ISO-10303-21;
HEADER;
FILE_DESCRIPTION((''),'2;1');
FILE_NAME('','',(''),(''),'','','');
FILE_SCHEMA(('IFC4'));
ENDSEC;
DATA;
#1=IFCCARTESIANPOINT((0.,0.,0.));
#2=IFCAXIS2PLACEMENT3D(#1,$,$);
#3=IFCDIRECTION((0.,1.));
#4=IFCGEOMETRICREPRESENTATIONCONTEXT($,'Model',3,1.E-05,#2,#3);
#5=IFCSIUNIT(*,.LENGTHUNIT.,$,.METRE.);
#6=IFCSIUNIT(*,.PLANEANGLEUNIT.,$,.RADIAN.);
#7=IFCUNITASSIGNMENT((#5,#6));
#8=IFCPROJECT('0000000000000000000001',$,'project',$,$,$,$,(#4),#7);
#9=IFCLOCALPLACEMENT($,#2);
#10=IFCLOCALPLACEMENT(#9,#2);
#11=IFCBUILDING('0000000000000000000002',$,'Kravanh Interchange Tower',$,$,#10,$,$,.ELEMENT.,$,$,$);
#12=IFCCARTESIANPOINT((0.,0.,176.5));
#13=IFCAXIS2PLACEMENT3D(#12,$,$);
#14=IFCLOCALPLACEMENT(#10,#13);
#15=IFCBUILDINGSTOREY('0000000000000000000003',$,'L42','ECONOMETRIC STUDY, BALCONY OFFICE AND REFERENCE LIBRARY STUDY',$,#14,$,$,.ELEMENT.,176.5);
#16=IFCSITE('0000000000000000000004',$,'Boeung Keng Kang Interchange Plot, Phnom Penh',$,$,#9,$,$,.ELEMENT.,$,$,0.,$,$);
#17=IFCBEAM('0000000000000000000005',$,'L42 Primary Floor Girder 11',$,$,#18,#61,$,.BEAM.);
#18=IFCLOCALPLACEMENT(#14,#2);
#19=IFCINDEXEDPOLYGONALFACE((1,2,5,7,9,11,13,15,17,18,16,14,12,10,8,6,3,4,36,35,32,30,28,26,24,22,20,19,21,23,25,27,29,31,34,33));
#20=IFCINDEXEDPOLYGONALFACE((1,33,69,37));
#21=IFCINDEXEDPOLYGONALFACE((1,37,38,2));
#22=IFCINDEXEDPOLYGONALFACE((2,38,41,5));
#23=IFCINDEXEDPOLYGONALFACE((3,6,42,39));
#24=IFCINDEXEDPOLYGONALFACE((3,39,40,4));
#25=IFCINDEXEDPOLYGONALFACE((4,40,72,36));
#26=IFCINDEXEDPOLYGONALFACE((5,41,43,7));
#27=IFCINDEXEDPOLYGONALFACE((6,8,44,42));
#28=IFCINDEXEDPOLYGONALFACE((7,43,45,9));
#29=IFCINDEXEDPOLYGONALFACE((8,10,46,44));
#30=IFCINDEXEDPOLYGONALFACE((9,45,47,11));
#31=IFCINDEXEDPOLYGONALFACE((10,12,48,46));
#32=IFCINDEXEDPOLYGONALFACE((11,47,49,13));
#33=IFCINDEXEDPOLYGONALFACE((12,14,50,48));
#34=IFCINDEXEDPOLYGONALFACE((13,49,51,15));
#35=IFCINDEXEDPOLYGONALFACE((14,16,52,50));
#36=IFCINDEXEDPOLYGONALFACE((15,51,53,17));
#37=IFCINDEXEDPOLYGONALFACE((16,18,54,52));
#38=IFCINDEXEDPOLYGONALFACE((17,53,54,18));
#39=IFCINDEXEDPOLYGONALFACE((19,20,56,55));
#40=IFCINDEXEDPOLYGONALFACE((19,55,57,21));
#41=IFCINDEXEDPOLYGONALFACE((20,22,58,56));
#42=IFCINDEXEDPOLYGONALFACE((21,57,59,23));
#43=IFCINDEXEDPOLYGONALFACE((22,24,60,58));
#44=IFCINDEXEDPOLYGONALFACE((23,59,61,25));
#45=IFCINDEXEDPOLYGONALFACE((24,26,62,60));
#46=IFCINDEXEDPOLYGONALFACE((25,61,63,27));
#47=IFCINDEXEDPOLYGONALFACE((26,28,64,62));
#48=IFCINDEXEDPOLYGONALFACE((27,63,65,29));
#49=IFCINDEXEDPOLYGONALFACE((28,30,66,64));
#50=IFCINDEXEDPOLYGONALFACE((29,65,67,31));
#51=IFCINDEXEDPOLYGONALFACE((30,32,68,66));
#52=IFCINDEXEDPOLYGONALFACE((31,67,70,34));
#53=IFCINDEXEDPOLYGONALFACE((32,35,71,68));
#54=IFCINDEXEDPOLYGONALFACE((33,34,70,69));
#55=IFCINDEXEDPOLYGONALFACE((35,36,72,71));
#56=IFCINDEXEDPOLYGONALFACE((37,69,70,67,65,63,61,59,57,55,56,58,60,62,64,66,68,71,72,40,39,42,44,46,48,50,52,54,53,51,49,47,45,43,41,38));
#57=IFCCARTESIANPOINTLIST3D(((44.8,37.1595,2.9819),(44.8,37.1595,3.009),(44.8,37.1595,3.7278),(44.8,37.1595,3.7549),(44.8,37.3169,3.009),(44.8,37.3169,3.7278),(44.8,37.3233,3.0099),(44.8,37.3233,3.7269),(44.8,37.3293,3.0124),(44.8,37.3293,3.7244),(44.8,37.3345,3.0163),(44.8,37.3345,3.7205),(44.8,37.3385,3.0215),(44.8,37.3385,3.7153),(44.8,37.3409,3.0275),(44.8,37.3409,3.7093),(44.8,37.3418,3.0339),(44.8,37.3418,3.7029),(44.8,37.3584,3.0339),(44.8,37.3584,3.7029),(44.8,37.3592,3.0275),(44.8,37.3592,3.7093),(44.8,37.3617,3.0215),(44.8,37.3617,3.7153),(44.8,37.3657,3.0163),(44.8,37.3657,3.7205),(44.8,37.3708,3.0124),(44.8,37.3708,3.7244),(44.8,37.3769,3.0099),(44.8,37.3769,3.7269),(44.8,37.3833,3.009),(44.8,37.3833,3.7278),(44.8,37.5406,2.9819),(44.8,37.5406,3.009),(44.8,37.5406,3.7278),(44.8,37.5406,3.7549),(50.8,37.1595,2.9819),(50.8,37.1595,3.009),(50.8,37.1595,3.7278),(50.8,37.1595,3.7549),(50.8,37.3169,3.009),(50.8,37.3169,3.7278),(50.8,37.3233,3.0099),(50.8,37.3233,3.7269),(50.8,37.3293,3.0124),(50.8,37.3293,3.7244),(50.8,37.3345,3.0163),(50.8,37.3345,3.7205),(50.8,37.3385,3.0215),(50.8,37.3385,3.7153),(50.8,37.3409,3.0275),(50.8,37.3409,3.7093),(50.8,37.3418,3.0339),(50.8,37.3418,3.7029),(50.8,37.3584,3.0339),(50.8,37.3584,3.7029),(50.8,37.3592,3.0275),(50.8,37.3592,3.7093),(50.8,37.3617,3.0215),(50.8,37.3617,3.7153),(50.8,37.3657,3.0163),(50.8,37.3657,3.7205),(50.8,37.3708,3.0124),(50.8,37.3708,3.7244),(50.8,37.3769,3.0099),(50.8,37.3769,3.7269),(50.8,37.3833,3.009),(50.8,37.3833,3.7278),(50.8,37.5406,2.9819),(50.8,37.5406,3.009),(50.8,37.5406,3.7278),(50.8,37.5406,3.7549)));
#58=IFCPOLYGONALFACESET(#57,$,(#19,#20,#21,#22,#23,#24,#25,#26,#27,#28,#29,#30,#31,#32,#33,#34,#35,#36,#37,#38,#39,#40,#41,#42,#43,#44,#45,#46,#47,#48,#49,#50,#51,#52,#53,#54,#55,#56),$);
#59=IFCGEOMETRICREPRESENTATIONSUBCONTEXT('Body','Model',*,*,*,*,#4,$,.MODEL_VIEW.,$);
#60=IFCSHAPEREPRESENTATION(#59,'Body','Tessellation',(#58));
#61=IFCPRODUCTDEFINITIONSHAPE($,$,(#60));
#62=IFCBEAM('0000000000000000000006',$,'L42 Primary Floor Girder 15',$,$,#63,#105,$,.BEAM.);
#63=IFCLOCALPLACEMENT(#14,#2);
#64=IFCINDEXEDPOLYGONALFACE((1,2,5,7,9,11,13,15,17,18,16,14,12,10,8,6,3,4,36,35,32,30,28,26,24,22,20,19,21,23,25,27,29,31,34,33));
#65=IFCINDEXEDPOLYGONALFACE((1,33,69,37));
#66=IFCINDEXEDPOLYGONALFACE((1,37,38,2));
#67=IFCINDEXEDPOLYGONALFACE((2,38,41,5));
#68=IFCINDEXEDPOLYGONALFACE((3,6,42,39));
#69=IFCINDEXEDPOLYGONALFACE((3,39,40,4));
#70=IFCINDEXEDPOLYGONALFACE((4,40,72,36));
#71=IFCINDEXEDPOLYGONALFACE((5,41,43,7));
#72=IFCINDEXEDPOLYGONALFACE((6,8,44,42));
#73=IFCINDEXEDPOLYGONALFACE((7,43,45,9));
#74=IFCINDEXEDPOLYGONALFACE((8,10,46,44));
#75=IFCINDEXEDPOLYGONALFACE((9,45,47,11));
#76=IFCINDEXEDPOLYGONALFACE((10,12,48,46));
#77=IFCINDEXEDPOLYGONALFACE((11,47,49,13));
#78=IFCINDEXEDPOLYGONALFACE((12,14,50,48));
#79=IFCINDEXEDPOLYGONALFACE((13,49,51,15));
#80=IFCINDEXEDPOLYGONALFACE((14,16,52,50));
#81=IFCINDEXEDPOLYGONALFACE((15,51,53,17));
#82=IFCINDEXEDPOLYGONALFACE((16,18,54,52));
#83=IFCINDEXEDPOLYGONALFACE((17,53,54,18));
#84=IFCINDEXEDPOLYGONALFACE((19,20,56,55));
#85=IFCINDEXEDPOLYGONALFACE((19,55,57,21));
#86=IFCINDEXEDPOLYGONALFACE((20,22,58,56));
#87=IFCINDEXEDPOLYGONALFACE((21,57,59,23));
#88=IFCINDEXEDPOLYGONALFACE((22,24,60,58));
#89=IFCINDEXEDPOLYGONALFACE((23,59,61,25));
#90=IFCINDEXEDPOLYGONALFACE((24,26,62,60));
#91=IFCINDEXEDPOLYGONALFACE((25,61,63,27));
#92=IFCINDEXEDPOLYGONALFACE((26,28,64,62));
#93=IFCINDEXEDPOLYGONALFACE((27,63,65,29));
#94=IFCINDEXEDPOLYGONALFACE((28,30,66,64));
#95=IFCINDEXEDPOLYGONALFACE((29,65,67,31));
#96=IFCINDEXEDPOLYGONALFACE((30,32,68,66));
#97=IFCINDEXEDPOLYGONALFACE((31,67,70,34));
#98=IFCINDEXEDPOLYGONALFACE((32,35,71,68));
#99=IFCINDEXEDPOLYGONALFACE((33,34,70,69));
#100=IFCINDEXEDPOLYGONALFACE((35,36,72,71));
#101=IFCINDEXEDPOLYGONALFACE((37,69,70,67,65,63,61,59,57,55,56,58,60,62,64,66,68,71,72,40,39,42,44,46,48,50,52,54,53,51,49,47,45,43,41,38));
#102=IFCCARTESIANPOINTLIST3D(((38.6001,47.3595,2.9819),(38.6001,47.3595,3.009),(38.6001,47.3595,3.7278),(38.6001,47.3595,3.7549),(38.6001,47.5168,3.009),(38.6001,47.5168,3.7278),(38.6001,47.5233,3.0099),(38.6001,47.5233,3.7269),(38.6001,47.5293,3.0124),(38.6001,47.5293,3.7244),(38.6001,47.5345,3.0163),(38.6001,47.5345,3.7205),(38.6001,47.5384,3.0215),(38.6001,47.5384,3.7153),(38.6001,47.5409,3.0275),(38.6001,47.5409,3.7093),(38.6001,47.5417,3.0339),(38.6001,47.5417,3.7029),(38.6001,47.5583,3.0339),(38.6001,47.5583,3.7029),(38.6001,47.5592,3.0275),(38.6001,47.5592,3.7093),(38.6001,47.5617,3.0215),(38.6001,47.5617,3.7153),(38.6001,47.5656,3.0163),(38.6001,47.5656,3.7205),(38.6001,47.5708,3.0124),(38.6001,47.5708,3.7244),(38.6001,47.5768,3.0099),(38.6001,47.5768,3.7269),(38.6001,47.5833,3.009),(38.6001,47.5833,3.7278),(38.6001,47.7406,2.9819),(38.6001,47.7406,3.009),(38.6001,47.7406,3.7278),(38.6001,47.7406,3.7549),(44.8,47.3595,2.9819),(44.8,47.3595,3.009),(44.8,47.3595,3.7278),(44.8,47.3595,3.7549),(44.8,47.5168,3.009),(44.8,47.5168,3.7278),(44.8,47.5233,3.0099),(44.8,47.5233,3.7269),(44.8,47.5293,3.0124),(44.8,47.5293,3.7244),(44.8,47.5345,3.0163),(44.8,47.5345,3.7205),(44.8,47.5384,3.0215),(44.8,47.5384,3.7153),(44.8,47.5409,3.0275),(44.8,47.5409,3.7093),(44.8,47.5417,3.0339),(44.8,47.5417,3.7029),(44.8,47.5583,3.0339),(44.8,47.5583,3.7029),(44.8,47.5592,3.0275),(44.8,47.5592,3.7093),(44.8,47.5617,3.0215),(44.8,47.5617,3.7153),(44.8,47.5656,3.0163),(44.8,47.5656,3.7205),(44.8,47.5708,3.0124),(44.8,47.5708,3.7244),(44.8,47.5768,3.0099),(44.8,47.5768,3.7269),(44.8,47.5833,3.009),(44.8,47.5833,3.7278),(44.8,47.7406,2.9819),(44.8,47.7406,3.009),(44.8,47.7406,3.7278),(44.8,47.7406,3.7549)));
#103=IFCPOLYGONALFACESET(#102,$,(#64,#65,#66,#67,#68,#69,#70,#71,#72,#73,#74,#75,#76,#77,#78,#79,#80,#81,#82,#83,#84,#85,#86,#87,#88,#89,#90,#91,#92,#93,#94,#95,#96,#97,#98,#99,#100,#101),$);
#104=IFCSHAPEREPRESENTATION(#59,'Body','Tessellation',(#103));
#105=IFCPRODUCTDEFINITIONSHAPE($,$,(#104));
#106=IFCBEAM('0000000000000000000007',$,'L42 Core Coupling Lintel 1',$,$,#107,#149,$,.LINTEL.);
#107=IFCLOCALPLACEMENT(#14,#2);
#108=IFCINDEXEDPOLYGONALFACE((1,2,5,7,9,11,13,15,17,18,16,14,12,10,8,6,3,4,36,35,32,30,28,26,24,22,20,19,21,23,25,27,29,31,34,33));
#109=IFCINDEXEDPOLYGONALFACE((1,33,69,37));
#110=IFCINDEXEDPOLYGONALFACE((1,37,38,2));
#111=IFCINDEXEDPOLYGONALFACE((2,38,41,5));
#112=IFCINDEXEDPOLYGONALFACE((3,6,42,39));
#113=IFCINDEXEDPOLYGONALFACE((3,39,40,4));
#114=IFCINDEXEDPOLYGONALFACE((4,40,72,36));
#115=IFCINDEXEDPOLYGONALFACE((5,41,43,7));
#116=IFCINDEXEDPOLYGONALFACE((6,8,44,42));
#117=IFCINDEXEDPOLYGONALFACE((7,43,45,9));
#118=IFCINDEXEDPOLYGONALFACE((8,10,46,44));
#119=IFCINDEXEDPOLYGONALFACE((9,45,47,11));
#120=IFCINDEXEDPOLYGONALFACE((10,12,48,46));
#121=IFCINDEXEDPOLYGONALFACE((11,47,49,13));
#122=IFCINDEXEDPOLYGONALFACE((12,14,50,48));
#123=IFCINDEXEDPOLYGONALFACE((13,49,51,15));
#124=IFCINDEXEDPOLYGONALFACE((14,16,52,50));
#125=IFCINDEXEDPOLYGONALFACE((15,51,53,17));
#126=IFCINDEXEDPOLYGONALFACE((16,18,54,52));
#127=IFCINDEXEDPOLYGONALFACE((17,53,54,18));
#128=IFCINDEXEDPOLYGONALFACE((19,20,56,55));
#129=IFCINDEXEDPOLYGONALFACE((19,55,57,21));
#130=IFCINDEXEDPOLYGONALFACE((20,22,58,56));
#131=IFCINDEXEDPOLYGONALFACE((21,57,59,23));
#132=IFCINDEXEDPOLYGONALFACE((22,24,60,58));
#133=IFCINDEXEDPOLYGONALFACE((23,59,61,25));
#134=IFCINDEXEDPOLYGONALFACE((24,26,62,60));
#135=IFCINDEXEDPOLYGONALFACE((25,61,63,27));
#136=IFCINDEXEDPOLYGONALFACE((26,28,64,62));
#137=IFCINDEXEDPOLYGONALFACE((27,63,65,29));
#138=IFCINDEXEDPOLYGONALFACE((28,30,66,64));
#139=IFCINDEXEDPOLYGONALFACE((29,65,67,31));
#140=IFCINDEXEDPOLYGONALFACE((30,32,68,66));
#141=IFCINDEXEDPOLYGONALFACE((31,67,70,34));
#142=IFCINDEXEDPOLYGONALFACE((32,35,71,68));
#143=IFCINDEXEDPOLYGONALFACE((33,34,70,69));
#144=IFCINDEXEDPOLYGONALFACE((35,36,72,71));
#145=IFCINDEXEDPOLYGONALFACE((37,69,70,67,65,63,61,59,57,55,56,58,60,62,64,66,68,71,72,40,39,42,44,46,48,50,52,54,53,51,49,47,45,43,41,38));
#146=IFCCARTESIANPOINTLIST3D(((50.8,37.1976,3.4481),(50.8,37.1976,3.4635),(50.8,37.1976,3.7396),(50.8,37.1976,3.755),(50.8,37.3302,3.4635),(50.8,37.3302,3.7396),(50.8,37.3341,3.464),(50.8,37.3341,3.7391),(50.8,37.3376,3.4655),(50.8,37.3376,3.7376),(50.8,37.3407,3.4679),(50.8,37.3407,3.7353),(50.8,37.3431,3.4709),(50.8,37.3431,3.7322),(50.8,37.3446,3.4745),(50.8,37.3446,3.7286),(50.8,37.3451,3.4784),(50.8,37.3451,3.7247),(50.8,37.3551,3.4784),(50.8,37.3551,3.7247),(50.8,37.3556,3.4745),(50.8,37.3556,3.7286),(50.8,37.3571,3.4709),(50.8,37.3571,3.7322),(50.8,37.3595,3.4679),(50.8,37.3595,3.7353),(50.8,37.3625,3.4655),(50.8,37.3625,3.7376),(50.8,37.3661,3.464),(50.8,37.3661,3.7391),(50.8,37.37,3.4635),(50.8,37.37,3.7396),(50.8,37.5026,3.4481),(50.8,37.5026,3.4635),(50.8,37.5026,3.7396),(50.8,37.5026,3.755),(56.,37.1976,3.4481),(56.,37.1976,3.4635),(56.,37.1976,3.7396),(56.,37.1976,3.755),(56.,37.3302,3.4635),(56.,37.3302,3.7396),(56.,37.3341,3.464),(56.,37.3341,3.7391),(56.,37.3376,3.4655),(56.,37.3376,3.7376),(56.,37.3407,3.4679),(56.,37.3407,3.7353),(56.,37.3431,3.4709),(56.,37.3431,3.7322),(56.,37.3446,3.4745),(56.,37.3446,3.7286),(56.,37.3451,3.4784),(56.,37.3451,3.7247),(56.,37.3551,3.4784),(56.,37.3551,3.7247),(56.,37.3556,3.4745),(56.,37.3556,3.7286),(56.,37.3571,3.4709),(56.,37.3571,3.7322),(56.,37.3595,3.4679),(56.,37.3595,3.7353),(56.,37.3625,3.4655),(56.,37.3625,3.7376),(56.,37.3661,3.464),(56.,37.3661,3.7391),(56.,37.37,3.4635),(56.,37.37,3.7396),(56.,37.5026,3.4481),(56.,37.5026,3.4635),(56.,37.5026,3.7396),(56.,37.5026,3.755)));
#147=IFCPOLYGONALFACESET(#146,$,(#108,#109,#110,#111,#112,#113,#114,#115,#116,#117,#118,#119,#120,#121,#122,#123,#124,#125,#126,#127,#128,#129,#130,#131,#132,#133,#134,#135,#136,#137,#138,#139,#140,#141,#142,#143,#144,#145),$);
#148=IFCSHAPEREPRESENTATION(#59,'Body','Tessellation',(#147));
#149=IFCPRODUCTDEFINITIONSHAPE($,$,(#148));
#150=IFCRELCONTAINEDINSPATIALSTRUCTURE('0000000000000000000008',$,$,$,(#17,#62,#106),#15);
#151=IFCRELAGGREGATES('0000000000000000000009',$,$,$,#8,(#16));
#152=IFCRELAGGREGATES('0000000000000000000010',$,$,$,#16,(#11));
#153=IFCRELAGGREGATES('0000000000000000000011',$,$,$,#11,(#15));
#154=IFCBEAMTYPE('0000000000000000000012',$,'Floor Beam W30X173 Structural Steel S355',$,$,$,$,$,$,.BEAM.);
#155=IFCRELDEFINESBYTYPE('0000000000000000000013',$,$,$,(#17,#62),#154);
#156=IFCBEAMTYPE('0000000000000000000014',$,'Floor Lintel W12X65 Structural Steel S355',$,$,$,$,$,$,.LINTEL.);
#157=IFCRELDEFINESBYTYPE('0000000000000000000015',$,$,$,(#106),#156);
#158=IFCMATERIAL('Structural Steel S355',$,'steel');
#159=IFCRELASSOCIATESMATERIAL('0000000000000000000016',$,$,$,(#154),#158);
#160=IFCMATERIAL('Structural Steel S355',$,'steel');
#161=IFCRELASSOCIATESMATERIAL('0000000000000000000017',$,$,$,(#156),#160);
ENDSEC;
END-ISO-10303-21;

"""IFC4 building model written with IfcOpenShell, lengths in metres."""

from ifc_helpers import new_model, si_unit, direction, frame, origin, origin_2d, place, context, subcontext, project, spatial, i_section, extrude, material, material_profile, profile_set, type_object, element, save


model = new_model("IFC4")

# Units and contexts
model_context = context("Model", 3, precision=1e-05, world=origin(), true_north=direction((0.0, 1.0)))
body_context = subcontext(model_context, "Body", "Model", "MODEL_VIEW")
ifc_project = project(units=[si_unit("LENGTHUNIT", "METRE"), si_unit("PLANEANGLEUNIT", "RADIAN")], contexts=[model_context])

# Site, building, storey
site_placement = place(None, origin())
site = spatial("IfcSite", under=ifc_project, at=site_placement, Name="Boeung Keng Kang Interchange Plot, Phnom Penh", CompositionType="ELEMENT", RefElevation=0.0)
building_placement = place(site_placement, origin())
building = spatial("IfcBuilding", under=site, at=building_placement, Name="Kravanh Interchange Tower", CompositionType="ELEMENT")
storey_placement = place(building_placement, frame((0.0, 0.0, 176.5)))
storey = spatial("IfcBuildingStorey", under=building, at=storey_placement, Name="L42", Description="ECONOMETRIC STUDY, BALCONY OFFICE AND REFERENCE LIBRARY STUDY", CompositionType="ELEMENT", Elevation=176.5)

# Beams
ifc_material_1 = material(Name="Structural Steel S355", Category="steel")
ifc_material_profile_1 = material_profile(ifc_material_1, i_section(OverallWidth=0.3811, OverallDepth=0.7729, WebThickness=0.0166, FlangeThickness=0.0271, FilletRadius=0.0249, at=origin_2d()), Name="W30X173")
ifc_profile_set_1 = profile_set([ifc_material_profile_1], Name="Structural Steel S355")
beam_type_1 = type_object("IfcBeamType", Name="Floor Beam W30X173 Structural Steel S355", PredefinedType="BEAM", material=ifc_profile_set_1)
beam_1_placement = place(storey_placement, frame((50.8, 37.3501, 3.3684), z_axis=(-1.0, 0.0, 0.0), x_axis=(0.0, -1.0, 0.0)))
element("IfcBeam", 1, at=beam_1_placement, inside=storey, type_object=beam_type_1, Name="L42 Primary Floor Girder 11", PredefinedType="BEAM", context=body_context, shape_type="SweptSolid", body=[
    extrude(i_section(OverallWidth=0.3811, OverallDepth=0.7729, WebThickness=0.0166, FlangeThickness=0.0271, FilletRadius=0.0249, at=origin_2d()), origin(), (0.0, 0.0, 1.0), 6.0),
])
beam_2_placement = place(storey_placement, frame((44.8, 47.55, 3.3684), z_axis=(-1.0, 0.0, 0.0), x_axis=(0.0, -1.0, 0.0)))
element("IfcBeam", 2, at=beam_2_placement, inside=storey, type_object=beam_type_1, Name="L42 Primary Floor Girder 15", PredefinedType="BEAM", context=body_context, shape_type="SweptSolid", body=[
    extrude(i_section(OverallWidth=0.3811, OverallDepth=0.7729, WebThickness=0.0166, FlangeThickness=0.0271, FilletRadius=0.0249, at=origin_2d()), origin(), (0.0, 0.0, 1.0), 6.2),
])
ifc_material_2 = material(Name="Structural Steel S355", Category="steel")
ifc_material_profile_2 = material_profile(ifc_material_2, i_section(OverallWidth=0.3049, OverallDepth=0.3069, WebThickness=0.01, FlangeThickness=0.0154, FilletRadius=0.0149, at=origin_2d()), Name="W12X65")
ifc_profile_set_2 = profile_set([ifc_material_profile_2], Name="Structural Steel S355")
beam_type_2 = type_object("IfcBeamType", Name="Floor Lintel W12X65 Structural Steel S355", PredefinedType="LINTEL", material=ifc_profile_set_2)
beam_3_placement = place(storey_placement, frame((50.8, 37.3501, 3.6016), z_axis=(1.0, 0.0, 0.0), x_axis=(0.0, 1.0, 0.0)))
element("IfcBeam", 3, at=beam_3_placement, inside=storey, type_object=beam_type_2, Name="L42 Core Coupling Lintel 1", PredefinedType="LINTEL", context=body_context, shape_type="SweptSolid", body=[
    extrude(i_section(OverallWidth=0.3049, OverallDepth=0.3069, WebThickness=0.01, FlangeThickness=0.0154, FilletRadius=0.0149, at=origin_2d()), origin(), (0.0, 0.0, 1.0), 5.2),
])

save(model, "model.ifc")
